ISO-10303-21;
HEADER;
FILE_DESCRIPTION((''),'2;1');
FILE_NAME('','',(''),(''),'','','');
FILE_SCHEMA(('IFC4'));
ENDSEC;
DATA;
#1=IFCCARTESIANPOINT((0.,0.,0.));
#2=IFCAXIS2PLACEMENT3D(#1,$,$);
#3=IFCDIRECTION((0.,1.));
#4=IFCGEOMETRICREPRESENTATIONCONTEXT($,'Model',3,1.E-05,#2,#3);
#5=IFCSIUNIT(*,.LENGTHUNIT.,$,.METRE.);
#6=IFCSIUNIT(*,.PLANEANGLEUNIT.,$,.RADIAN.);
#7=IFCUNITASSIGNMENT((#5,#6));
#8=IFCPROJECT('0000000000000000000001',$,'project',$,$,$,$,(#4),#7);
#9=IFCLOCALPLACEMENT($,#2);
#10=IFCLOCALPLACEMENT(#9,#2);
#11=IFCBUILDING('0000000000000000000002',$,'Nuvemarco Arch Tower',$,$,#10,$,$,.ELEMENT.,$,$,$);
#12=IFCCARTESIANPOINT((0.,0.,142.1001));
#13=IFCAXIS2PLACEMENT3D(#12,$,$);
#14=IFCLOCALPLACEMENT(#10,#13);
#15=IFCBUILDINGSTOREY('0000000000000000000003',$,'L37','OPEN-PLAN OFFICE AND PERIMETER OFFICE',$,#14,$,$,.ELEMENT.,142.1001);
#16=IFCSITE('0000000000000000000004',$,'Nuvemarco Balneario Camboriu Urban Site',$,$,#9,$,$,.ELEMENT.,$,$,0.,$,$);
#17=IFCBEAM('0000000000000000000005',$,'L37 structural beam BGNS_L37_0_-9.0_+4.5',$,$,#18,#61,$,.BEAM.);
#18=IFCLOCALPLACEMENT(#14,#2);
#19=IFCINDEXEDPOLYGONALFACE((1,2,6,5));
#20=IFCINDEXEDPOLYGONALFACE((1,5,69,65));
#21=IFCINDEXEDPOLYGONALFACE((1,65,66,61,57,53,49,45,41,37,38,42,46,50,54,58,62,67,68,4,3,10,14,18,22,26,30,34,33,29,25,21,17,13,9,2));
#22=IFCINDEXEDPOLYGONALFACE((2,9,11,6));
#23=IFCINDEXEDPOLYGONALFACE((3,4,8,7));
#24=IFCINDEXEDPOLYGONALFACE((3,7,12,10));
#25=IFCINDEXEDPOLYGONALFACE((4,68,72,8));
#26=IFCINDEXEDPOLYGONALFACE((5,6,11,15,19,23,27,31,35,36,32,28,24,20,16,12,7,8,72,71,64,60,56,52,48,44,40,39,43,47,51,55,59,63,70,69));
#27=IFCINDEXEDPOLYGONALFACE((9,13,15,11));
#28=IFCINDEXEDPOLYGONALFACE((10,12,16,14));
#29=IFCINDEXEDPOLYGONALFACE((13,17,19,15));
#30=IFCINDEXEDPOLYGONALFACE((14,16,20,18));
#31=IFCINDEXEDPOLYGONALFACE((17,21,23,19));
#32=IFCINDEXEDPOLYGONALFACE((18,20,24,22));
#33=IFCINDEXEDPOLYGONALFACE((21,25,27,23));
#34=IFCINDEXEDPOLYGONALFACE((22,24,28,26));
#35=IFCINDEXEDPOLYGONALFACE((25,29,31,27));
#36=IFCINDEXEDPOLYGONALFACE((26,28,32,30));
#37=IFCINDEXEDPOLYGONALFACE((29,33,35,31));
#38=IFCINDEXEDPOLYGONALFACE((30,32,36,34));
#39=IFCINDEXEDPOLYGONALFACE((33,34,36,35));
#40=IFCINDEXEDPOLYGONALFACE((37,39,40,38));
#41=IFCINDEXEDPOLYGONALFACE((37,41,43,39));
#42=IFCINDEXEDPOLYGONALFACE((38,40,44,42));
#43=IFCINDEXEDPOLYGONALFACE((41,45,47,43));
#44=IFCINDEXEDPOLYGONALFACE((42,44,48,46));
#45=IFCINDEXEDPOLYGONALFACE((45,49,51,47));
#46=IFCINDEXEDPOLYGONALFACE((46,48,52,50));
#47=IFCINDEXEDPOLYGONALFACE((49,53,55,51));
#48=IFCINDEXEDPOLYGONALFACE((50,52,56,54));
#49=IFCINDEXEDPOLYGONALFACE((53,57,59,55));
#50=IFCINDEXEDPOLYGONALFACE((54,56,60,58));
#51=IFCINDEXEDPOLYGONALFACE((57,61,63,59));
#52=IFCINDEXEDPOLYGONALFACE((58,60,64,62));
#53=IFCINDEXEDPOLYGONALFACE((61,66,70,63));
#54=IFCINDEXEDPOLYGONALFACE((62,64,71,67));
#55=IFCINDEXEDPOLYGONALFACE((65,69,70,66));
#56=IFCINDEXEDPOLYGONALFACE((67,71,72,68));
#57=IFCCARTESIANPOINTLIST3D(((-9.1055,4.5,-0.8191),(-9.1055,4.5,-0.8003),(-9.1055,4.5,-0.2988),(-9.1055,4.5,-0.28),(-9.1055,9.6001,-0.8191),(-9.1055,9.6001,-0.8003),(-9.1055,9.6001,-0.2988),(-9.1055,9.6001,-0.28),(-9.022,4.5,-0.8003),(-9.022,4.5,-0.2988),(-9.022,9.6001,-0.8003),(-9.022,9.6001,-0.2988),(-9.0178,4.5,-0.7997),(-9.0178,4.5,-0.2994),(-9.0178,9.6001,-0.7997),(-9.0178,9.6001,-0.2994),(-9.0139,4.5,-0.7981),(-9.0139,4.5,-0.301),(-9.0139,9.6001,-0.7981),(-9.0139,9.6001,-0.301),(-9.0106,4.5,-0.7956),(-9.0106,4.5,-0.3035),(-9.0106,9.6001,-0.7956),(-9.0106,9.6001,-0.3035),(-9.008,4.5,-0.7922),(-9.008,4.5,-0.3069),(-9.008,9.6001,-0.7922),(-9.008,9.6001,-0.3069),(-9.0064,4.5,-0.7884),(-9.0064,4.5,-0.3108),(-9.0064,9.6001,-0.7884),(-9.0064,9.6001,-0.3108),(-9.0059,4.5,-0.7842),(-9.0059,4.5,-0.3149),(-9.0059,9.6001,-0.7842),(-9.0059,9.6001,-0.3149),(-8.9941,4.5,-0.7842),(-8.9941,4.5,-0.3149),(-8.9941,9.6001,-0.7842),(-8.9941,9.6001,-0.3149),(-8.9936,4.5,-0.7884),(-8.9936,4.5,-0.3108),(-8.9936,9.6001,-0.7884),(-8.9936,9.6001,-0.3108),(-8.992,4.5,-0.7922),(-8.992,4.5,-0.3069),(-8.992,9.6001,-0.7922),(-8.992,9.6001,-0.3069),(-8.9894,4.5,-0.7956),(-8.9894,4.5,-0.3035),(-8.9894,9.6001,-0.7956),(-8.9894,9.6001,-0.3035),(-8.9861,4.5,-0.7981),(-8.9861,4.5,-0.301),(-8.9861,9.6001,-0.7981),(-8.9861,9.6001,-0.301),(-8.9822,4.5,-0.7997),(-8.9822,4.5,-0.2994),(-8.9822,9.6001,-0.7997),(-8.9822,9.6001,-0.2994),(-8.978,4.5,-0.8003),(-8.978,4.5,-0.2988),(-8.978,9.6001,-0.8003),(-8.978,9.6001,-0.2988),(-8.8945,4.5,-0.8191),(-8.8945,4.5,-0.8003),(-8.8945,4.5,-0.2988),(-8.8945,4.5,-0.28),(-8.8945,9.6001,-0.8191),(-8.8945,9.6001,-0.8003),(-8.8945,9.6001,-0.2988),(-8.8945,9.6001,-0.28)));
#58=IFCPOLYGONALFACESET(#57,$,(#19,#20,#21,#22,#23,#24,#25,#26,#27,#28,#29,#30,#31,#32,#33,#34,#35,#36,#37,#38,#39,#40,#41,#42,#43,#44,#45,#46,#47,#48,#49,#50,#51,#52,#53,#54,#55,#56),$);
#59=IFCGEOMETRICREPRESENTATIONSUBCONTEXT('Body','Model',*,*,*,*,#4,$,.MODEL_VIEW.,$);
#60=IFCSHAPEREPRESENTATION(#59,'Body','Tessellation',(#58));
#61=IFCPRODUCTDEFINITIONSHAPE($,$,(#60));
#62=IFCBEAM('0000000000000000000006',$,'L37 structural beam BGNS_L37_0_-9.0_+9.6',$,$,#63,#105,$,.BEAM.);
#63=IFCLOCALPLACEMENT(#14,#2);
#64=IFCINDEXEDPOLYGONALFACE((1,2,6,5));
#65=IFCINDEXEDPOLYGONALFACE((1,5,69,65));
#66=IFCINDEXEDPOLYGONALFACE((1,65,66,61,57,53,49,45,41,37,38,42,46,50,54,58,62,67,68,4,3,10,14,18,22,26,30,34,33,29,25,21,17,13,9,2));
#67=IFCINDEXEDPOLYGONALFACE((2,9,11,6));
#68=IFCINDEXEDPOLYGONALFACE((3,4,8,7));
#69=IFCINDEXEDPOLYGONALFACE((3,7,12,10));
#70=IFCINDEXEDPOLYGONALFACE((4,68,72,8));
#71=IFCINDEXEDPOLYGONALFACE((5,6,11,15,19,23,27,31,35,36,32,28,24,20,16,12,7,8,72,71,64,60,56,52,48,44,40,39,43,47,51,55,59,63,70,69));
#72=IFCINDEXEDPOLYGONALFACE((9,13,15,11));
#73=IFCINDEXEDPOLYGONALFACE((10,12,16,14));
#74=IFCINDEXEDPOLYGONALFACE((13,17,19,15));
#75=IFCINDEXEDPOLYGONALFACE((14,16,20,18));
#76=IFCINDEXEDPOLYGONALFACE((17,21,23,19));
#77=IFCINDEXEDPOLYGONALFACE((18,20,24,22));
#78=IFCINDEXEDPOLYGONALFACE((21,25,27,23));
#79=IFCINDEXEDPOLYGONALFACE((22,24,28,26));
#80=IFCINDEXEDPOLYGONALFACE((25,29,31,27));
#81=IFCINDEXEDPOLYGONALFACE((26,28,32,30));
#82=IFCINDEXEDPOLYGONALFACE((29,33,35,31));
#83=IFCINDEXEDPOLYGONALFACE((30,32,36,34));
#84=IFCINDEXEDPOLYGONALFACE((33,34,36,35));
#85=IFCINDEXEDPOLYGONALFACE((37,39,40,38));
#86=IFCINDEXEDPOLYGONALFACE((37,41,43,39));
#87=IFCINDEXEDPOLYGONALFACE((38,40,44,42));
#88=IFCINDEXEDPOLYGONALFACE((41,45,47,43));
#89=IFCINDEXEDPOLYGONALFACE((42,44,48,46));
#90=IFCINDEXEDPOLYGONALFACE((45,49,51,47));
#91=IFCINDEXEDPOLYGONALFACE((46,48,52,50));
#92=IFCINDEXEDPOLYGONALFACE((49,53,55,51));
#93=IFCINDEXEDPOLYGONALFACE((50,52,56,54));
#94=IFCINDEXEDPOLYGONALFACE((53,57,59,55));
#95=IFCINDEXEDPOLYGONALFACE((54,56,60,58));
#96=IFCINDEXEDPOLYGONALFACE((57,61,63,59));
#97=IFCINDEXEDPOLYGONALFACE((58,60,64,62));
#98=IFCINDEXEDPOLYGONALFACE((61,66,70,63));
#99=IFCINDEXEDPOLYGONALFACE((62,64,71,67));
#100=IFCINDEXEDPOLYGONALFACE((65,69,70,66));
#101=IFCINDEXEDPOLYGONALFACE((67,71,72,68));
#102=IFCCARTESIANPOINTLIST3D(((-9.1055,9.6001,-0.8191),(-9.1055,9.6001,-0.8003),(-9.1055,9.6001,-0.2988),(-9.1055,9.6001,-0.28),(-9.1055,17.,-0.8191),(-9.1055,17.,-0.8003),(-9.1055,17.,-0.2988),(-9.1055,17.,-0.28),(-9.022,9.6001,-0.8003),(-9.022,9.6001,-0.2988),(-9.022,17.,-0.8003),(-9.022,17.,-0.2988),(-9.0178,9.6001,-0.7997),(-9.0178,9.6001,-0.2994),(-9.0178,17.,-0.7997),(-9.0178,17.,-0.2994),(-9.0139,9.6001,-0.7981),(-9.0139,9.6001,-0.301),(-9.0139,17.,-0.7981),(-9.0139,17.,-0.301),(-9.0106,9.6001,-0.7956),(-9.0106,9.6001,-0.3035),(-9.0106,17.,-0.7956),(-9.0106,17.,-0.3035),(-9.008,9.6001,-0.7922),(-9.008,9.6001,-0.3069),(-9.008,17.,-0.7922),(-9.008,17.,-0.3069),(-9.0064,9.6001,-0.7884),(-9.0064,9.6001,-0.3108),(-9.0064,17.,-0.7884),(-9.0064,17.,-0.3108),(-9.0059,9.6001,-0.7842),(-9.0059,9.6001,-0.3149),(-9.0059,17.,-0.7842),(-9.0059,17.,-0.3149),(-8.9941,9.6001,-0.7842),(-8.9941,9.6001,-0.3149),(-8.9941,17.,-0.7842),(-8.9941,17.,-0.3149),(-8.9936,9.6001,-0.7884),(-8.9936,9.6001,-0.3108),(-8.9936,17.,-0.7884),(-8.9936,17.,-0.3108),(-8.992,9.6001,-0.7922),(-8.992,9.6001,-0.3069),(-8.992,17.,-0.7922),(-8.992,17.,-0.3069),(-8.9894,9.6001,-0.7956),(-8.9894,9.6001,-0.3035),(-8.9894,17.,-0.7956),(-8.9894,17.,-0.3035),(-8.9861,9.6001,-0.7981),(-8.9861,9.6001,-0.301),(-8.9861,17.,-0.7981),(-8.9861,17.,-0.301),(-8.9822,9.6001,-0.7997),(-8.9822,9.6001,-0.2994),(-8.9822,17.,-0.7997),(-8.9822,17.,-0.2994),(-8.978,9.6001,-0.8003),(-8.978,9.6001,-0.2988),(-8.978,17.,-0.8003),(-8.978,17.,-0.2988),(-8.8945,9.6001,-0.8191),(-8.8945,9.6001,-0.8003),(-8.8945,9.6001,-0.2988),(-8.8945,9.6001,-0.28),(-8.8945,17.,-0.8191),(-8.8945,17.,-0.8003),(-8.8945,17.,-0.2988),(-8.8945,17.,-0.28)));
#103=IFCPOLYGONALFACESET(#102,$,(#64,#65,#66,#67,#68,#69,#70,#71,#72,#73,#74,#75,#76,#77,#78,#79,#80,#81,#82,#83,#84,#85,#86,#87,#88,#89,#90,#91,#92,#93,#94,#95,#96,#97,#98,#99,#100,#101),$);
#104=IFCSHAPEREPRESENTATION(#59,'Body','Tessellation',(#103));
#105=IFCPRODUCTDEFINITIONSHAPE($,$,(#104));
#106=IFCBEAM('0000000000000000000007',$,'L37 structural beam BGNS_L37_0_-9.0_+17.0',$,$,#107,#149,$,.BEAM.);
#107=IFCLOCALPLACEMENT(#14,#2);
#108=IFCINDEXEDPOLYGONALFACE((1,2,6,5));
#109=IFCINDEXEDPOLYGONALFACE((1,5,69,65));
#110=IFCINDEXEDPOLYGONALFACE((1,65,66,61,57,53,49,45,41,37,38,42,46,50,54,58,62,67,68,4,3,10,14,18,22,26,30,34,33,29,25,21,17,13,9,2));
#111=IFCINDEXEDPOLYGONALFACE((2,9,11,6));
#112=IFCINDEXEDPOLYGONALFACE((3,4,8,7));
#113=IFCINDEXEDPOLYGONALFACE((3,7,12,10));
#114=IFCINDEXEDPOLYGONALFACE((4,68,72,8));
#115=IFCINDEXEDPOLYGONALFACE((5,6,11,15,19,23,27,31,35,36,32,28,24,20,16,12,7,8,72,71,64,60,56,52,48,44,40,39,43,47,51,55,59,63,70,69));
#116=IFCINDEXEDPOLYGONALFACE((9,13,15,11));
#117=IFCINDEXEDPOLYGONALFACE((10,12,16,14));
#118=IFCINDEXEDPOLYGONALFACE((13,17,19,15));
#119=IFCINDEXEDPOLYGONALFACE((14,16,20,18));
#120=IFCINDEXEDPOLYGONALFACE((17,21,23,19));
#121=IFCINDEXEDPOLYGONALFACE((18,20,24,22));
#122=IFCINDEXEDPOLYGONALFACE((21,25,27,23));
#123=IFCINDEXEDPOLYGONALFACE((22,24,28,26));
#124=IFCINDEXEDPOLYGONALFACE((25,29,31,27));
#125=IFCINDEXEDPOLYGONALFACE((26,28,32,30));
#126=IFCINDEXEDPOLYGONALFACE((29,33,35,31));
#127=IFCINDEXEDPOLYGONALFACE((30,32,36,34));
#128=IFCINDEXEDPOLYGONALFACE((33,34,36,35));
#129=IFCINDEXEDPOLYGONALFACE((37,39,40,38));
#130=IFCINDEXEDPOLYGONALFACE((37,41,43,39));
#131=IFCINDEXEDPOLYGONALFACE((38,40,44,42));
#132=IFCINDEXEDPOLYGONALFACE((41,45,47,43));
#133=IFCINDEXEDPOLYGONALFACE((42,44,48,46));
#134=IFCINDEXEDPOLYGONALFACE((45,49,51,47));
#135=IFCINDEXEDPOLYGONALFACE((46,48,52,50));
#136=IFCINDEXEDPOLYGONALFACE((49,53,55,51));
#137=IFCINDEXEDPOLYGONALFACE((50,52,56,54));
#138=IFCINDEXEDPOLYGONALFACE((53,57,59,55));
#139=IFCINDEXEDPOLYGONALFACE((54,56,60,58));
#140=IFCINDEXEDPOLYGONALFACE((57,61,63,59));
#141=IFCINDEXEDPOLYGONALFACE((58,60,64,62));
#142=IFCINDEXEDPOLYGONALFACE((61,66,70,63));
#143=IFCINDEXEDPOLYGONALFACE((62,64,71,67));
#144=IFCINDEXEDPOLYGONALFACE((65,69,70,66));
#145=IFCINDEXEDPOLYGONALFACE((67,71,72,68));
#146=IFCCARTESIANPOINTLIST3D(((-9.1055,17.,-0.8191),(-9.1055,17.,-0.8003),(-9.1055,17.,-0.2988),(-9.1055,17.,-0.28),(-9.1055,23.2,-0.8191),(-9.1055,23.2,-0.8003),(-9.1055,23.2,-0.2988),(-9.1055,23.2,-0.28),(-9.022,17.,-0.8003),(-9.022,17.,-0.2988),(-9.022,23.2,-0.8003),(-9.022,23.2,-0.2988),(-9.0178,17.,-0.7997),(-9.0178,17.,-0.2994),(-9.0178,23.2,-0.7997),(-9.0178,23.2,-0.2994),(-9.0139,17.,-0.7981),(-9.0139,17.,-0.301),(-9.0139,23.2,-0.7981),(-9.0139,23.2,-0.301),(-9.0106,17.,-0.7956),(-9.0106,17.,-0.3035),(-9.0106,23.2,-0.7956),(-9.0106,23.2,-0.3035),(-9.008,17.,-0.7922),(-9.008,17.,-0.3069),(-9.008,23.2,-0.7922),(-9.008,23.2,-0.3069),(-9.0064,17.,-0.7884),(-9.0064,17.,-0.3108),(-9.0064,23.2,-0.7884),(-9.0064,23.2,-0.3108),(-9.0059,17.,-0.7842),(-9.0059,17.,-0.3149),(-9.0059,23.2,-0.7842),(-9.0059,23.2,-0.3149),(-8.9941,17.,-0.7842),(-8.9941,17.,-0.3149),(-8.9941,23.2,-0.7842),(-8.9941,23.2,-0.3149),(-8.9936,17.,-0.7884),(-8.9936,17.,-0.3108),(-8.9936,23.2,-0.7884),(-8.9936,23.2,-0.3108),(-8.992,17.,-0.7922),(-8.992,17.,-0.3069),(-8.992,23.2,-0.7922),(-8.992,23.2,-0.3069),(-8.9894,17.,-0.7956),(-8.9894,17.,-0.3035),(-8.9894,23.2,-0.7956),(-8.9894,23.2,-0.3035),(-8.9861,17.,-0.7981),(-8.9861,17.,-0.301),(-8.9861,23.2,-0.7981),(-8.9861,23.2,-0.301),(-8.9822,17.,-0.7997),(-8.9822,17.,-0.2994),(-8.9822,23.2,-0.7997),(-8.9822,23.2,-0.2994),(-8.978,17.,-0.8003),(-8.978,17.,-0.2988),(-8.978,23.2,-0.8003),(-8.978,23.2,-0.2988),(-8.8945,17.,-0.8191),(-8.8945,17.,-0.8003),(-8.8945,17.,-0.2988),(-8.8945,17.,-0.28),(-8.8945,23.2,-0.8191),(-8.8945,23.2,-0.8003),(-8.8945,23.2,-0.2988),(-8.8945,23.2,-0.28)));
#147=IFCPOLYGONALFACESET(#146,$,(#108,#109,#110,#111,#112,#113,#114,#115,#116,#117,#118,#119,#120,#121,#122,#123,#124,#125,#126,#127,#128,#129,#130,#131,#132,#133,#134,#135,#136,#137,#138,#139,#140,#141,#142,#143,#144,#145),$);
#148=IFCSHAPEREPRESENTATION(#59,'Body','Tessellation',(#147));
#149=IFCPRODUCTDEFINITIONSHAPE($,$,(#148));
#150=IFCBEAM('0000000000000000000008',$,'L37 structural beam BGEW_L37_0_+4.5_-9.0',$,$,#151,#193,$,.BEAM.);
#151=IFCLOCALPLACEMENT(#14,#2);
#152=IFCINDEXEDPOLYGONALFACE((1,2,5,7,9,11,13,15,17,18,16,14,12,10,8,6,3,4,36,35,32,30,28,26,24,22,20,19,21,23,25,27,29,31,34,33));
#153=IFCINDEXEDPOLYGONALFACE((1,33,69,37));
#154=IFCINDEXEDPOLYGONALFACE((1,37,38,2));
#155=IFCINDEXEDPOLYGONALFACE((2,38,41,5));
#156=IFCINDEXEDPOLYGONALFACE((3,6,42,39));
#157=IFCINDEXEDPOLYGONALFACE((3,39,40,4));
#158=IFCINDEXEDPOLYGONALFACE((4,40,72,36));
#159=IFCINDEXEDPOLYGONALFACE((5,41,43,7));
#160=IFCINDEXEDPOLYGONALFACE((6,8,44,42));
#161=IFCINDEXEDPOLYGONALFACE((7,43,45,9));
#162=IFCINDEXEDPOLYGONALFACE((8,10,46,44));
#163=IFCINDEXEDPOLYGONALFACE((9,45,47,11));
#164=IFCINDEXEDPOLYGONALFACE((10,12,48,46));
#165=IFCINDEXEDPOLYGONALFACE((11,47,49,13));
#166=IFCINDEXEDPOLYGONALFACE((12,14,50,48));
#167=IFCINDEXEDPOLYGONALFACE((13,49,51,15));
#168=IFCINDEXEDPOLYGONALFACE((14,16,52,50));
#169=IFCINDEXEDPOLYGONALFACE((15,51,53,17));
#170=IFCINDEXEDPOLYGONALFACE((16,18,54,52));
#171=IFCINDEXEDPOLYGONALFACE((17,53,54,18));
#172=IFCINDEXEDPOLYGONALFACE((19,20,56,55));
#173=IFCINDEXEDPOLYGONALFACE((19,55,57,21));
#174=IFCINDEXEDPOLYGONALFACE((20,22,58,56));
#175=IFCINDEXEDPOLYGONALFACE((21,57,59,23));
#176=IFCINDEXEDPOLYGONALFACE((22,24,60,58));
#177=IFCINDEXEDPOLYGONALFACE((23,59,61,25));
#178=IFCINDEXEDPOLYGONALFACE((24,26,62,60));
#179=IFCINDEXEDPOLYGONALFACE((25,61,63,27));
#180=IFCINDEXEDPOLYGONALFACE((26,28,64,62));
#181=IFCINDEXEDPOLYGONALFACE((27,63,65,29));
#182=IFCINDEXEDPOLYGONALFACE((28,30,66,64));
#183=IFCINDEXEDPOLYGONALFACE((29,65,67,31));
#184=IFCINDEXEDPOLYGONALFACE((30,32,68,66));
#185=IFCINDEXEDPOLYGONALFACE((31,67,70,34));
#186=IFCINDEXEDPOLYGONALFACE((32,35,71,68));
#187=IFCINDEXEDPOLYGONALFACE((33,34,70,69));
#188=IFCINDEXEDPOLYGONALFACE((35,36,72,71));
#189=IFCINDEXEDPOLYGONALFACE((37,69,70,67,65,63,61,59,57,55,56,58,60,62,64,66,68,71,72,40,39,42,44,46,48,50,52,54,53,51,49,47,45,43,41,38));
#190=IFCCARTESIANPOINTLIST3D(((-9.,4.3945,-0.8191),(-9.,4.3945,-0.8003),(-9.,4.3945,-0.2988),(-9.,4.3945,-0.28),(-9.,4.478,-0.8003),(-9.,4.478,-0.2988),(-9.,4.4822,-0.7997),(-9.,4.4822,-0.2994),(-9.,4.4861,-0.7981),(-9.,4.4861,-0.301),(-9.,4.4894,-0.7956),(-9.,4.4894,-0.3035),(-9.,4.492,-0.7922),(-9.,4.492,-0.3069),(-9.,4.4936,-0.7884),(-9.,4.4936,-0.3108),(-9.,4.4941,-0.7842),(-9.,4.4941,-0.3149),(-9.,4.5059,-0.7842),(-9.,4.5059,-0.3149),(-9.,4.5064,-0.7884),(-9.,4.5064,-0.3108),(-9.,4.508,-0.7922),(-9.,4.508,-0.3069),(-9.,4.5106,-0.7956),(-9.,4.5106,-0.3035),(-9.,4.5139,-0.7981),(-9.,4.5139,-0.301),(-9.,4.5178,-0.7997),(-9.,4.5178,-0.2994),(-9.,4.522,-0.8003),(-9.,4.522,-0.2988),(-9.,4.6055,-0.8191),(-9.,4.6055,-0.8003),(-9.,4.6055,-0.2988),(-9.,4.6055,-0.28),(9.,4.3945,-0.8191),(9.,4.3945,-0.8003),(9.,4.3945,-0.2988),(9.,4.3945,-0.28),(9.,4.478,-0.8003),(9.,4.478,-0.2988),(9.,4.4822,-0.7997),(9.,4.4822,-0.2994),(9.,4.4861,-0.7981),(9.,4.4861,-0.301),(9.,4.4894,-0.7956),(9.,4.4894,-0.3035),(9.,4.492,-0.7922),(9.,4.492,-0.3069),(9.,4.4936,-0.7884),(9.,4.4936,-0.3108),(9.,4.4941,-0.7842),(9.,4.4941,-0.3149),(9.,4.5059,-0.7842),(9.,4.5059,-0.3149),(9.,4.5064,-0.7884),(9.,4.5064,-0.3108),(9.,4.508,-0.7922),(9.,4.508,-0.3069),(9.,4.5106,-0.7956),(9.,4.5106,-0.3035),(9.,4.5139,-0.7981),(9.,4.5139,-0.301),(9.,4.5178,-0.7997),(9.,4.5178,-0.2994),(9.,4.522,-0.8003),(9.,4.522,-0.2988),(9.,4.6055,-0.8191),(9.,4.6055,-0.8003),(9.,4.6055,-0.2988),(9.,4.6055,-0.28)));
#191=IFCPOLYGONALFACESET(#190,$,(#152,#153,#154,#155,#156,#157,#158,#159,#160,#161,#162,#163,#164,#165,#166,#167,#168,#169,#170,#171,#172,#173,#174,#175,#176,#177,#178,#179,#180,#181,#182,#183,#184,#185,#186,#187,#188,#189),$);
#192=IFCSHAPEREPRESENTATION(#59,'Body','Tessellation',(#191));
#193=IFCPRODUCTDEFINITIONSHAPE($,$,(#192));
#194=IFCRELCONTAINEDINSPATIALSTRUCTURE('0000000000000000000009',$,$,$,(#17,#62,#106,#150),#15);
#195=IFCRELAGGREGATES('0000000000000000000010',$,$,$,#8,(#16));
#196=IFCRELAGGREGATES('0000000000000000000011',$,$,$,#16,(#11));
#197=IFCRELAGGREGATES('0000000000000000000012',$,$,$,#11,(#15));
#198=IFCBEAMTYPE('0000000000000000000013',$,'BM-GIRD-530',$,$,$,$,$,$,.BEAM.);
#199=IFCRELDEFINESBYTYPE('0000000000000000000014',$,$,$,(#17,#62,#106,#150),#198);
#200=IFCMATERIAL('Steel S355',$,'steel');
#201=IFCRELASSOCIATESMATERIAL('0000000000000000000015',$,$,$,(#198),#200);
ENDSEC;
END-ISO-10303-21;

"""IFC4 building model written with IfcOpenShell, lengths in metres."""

from ifc_helpers import new_model, si_unit, direction, frame, origin, origin_2d, place, context, subcontext, project, spatial, i_section, extrude, material, material_profile, profile_set, type_object, element, save


model = new_model("IFC4")

# Units and contexts
model_context = context("Model", 3, precision=1e-05, world=origin(), true_north=direction((0.0, 1.0)))
body_context = subcontext(model_context, "Body", "Model", "MODEL_VIEW")
ifc_project = project(units=[si_unit("LENGTHUNIT", "METRE"), si_unit("PLANEANGLEUNIT", "RADIAN")], contexts=[model_context])

# Site, building, storey
site_placement = place(None, origin())
site = spatial("IfcSite", under=ifc_project, at=site_placement, Name="Nuvemarco Balneario Camboriu Urban Site", CompositionType="ELEMENT", RefElevation=0.0)
building_placement = place(site_placement, origin())
building = spatial("IfcBuilding", under=site, at=building_placement, Name="Nuvemarco Arch Tower", CompositionType="ELEMENT")
storey_placement = place(building_placement, frame((0.0, 0.0, 142.1001)))
storey = spatial("IfcBuildingStorey", under=building, at=storey_placement, Name="L37", Description="OPEN-PLAN OFFICE AND PERIMETER OFFICE", CompositionType="ELEMENT", Elevation=142.1001)

# Shared definitions
ifc_material_1 = material(Name="Steel S355", Category="steel")

# Beams
ifc_material_profile_1 = material_profile(ifc_material_1, i_section(OverallWidth=0.2109, OverallDepth=0.5391, WebThickness=0.0117, FlangeThickness=0.0188, FilletRadius=0.0161, at=origin_2d()), Name="W530x109")
ifc_profile_set_1 = profile_set([ifc_material_profile_1], Name="Steel S355")
beam_type_1 = type_object("IfcBeamType", Name="BM-GIRD-530", PredefinedType="BEAM", material=ifc_profile_set_1)
beam_1_placement = place(storey_placement, frame((-9.0, 4.5, -0.5496), z_axis=(0.0, 1.0, 0.0), x_axis=(-1.0, 0.0, 0.0)))
element("IfcBeam", 1, at=beam_1_placement, inside=storey, type_object=beam_type_1, Name="L37 structural beam BGNS_L37_0_-9.0_+4.5", PredefinedType="BEAM", context=body_context, shape_type="SweptSolid", body=[
    extrude(i_section(OverallWidth=0.2109, OverallDepth=0.5391, WebThickness=0.0117, FlangeThickness=0.0188, FilletRadius=0.0161, at=origin_2d()), origin(), (0.0, 0.0, 1.0), 5.1001),
])
beam_2_placement = place(storey_placement, frame((-9.0, 9.6001, -0.5496), z_axis=(0.0, 1.0, 0.0), x_axis=(-1.0, 0.0, 0.0)))
element("IfcBeam", 2, at=beam_2_placement, inside=storey, type_object=beam_type_1, Name="L37 structural beam BGNS_L37_0_-9.0_+9.6", PredefinedType="BEAM", context=body_context, shape_type="SweptSolid", body=[
    extrude(i_section(OverallWidth=0.2109, OverallDepth=0.5391, WebThickness=0.0117, FlangeThickness=0.0188, FilletRadius=0.0161, at=origin_2d()), origin(), (0.0, 0.0, 1.0), 7.3999),
])
beam_3_placement = place(storey_placement, frame((-9.0, 17.0, -0.5496), z_axis=(0.0, 1.0, 0.0), x_axis=(-1.0, 0.0, 0.0)))
element("IfcBeam", 3, at=beam_3_placement, inside=storey, type_object=beam_type_1, Name="L37 structural beam BGNS_L37_0_-9.0_+17.0", PredefinedType="BEAM", context=body_context, shape_type="SweptSolid", body=[
    extrude(i_section(OverallWidth=0.2109, OverallDepth=0.5391, WebThickness=0.0117, FlangeThickness=0.0188, FilletRadius=0.0161, at=origin_2d()), origin(), (0.0, 0.0, 1.0), 6.2),
])
beam_4_placement = place(storey_placement, frame((-9.0, 4.5, -0.5496), z_axis=(1.0, 0.0, 0.0), x_axis=(0.0, 1.0, 0.0)))
element("IfcBeam", 4, at=beam_4_placement, inside=storey, type_object=beam_type_1, Name="L37 structural beam BGEW_L37_0_+4.5_-9.0", PredefinedType="BEAM", context=body_context, shape_type="SweptSolid", body=[
    extrude(i_section(OverallWidth=0.2109, OverallDepth=0.5391, WebThickness=0.0117, FlangeThickness=0.0188, FilletRadius=0.0161, at=origin_2d()), origin(), (0.0, 0.0, 1.0), 18.0),
])

save(model, "model.ifc")
